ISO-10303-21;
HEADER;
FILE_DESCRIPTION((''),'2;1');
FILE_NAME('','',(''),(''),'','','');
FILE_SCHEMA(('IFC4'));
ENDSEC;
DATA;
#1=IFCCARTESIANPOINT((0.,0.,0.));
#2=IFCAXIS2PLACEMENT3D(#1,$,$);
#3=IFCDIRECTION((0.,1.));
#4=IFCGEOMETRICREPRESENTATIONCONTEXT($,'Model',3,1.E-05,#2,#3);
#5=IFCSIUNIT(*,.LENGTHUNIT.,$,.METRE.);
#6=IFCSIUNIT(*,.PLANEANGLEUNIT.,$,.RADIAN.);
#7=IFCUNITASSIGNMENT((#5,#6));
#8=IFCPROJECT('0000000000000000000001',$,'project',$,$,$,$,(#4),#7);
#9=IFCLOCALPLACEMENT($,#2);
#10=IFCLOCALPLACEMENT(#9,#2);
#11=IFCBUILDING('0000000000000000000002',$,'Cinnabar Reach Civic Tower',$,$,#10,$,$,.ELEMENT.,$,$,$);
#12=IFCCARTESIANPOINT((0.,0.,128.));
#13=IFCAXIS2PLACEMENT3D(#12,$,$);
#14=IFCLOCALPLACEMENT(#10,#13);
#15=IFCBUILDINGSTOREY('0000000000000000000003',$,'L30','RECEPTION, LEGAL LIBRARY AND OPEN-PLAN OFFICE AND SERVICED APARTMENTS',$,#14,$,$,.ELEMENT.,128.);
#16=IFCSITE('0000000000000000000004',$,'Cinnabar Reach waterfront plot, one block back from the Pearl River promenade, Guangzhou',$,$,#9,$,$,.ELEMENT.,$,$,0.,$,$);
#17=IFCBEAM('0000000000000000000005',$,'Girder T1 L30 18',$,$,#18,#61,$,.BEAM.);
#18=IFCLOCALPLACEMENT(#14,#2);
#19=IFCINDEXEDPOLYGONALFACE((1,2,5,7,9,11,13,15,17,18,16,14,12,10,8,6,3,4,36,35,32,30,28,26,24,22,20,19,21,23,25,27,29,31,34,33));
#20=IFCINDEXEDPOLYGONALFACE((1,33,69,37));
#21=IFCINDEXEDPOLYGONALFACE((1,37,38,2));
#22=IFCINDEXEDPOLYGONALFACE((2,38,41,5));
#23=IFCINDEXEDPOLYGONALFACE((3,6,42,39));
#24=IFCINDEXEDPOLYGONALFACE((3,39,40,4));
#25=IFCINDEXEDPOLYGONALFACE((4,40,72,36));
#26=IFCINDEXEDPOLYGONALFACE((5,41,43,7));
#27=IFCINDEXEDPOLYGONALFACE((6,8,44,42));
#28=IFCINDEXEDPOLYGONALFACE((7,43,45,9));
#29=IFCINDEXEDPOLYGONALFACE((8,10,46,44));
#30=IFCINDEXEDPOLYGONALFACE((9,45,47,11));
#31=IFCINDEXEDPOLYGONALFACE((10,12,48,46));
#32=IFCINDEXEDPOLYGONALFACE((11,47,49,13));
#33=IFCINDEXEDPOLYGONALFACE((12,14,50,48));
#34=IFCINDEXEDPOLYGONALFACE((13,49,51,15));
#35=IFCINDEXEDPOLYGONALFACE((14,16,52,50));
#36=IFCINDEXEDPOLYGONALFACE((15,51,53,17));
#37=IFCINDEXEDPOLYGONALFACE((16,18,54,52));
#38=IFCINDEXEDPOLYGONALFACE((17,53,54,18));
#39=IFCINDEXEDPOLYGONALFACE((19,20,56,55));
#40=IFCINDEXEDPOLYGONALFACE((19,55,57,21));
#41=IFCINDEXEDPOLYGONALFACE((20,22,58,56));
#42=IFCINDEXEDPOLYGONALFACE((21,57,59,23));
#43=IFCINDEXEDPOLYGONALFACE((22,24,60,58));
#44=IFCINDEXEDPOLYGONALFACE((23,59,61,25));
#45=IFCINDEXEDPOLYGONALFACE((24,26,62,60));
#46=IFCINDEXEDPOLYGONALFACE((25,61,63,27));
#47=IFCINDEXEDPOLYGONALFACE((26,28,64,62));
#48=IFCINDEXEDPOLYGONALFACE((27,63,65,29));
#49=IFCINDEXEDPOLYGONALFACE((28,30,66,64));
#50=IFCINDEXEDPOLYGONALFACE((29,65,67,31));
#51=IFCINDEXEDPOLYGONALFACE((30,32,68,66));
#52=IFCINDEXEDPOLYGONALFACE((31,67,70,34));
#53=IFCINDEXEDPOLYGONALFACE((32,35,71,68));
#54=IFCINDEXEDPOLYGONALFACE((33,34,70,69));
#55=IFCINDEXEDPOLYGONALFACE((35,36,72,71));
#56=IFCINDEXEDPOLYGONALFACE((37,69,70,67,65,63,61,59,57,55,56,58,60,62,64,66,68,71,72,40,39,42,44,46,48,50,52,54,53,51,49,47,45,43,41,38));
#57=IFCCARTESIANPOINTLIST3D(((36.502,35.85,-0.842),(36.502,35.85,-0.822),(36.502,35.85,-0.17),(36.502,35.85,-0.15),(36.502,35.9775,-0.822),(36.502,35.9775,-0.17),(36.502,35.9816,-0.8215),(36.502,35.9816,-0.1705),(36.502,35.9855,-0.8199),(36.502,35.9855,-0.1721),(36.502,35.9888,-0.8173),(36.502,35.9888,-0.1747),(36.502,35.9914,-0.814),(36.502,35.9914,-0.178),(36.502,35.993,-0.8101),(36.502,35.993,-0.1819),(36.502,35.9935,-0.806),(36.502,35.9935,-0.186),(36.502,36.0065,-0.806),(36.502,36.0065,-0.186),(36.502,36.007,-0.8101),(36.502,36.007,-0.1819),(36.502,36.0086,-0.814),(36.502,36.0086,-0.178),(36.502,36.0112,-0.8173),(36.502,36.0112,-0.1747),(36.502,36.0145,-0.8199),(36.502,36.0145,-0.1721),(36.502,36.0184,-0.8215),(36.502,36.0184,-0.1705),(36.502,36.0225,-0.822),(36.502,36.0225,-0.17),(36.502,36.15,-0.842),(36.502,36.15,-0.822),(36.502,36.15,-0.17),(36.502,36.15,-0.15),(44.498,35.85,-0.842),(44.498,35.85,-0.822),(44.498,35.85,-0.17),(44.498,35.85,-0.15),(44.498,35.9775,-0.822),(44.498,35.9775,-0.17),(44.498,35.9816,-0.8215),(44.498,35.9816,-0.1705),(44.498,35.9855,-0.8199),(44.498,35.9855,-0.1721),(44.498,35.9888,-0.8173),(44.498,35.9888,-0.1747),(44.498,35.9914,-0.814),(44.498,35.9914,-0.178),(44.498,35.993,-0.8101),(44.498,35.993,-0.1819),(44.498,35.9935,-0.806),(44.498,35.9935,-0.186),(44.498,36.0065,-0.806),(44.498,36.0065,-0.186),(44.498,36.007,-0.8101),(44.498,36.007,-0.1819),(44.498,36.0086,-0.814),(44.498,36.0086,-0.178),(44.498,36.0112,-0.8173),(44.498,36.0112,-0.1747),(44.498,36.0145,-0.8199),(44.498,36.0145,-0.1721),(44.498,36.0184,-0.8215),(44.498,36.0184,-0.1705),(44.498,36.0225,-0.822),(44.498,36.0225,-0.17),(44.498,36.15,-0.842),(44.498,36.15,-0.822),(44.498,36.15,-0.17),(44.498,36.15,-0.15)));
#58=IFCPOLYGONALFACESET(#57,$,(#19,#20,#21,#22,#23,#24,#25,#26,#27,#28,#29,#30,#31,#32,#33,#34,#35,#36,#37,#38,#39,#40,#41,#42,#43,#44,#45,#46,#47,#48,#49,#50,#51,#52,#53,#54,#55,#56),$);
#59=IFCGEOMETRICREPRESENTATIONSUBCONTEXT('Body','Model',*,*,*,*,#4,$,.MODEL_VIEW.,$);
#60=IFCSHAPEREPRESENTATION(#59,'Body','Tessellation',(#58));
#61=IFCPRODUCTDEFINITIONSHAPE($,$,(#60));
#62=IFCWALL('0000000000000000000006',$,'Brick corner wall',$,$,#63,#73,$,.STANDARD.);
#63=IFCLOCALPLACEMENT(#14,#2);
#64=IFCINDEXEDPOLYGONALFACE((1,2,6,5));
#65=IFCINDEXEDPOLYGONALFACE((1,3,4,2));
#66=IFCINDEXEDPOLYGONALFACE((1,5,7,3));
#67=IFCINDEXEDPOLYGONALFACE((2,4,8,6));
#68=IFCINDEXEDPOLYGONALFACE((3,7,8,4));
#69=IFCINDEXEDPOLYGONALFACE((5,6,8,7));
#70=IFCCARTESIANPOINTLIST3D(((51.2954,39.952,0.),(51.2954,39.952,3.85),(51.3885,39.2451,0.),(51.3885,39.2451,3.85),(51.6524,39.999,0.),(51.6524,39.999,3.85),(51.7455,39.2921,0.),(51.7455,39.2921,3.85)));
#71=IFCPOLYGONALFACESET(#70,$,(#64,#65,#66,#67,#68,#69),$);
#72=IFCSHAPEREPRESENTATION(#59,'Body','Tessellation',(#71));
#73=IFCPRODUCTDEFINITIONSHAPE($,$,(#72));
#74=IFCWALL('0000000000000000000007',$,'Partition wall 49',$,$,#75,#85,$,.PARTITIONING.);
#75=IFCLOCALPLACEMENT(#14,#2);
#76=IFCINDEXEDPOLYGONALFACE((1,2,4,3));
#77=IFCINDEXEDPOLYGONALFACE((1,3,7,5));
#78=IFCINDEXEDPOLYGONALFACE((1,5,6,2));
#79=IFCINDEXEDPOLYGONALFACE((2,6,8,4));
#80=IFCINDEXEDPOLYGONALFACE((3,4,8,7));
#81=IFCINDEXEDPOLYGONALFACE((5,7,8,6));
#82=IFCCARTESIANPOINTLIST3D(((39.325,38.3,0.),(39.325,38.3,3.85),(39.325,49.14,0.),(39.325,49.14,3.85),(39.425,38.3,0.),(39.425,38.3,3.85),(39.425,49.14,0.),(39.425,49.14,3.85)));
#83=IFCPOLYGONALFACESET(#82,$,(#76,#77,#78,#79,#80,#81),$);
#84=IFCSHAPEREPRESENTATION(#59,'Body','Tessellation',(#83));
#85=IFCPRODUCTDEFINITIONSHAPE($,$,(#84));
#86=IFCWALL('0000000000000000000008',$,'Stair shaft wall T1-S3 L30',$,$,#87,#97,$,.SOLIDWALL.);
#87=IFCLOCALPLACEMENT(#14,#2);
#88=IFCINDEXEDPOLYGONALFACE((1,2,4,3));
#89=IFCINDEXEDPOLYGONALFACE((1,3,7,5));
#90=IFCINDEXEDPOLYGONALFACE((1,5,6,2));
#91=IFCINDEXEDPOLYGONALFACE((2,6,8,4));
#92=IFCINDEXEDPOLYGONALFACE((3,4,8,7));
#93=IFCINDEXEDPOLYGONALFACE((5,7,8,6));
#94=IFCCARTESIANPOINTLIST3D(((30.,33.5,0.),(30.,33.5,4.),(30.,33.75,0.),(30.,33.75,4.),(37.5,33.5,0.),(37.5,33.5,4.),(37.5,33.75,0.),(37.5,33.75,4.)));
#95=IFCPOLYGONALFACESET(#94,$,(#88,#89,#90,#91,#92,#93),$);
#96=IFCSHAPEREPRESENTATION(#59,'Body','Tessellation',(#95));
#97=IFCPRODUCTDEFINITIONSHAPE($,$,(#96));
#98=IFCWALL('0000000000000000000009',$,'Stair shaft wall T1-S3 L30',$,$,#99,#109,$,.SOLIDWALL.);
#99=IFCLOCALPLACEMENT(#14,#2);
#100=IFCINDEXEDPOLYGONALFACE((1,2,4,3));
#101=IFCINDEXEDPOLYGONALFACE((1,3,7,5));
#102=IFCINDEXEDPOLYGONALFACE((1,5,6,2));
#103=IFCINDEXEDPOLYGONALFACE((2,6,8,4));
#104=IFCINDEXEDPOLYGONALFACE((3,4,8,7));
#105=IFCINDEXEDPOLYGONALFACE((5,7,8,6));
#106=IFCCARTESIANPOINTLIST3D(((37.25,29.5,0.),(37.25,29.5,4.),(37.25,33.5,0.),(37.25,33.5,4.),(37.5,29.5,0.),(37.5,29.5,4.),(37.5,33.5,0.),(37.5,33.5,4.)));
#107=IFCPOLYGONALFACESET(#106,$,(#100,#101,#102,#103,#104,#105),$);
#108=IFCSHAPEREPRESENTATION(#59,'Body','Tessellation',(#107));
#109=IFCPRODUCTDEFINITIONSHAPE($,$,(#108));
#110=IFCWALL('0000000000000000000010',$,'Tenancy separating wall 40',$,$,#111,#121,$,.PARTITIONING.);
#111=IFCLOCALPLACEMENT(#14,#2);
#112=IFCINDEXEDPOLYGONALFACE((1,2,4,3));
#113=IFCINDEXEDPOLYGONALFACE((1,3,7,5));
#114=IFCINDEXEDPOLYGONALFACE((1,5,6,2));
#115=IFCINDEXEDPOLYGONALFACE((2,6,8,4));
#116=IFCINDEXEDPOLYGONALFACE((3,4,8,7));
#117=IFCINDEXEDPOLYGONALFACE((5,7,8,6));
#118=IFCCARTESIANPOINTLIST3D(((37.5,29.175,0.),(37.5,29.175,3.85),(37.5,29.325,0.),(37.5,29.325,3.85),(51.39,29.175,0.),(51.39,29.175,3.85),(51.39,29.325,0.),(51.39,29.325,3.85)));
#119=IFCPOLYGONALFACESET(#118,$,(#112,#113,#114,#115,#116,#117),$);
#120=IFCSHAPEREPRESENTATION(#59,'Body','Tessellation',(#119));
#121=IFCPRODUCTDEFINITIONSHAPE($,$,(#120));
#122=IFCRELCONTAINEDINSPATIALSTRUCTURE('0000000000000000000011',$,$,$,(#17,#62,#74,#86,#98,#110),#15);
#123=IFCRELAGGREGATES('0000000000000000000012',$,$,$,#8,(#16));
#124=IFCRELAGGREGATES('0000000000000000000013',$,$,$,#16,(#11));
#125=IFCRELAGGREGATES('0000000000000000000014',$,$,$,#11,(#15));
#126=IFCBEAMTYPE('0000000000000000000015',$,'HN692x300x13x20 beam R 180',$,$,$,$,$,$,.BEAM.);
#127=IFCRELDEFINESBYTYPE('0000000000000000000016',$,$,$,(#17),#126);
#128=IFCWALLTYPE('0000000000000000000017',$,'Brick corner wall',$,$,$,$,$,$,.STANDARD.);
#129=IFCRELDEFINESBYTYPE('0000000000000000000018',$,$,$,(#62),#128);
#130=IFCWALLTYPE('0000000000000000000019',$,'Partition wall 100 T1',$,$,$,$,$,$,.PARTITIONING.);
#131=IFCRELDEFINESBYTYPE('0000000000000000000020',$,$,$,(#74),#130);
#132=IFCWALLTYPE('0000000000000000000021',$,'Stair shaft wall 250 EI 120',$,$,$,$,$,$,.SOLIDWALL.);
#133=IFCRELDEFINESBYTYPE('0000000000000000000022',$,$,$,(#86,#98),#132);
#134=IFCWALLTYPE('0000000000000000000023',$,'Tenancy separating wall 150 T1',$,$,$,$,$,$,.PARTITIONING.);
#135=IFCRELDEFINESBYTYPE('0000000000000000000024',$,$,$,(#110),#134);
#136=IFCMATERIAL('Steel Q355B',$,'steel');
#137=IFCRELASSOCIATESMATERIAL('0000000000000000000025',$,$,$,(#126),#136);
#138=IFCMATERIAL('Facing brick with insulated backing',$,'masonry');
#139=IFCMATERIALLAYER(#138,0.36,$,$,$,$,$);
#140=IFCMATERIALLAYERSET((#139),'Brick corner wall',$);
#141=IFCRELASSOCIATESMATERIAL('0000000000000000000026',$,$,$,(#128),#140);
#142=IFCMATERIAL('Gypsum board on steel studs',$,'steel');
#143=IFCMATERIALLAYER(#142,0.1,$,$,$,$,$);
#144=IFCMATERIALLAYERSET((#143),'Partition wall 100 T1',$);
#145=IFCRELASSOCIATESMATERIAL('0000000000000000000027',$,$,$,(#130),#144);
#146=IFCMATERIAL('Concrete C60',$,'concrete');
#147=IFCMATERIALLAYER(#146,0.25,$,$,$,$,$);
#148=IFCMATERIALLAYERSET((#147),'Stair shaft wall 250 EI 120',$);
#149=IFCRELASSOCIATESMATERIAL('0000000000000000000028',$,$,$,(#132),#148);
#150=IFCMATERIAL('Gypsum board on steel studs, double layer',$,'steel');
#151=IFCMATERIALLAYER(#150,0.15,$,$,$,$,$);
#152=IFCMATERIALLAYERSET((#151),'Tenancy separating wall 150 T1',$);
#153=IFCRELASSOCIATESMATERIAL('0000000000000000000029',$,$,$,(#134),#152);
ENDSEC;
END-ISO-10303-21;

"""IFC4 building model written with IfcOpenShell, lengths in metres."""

from ifc_helpers import new_model, si_unit, direction, frame, frame_2d, origin, origin_2d, place, context, subcontext, project, spatial, rectangle, i_section, extrude, material, layer, layer_set, material_profile, profile_set, type_object, element, save


model = new_model("IFC4")

# Units and contexts
model_context = context("Model", 3, precision=1e-05, world=origin(), true_north=direction((0.0, 1.0)))
body_context = subcontext(model_context, "Body", "Model", "MODEL_VIEW")
ifc_project = project(units=[si_unit("LENGTHUNIT", "METRE"), si_unit("PLANEANGLEUNIT", "RADIAN")], contexts=[model_context])

# Site, building, storey
site_placement = place(None, origin())
site = spatial("IfcSite", under=ifc_project, at=site_placement, Name="Cinnabar Reach waterfront plot, one block back from the Pearl River promenade, Guangzhou", CompositionType="ELEMENT", RefElevation=0.0)
building_placement = place(site_placement, origin())
building = spatial("IfcBuilding", under=site, at=building_placement, Name="Cinnabar Reach Civic Tower", CompositionType="ELEMENT")
storey_placement = place(building_placement, frame((0.0, 0.0, 128.0)))
storey = spatial("IfcBuildingStorey", under=building, at=storey_placement, Name="L30", Description="RECEPTION, LEGAL LIBRARY AND OPEN-PLAN OFFICE AND SERVICED APARTMENTS", CompositionType="ELEMENT", Elevation=128.0)

# Beam
ifc_material_1 = material(Name="Steel Q355B", Category="steel")
ifc_material_profile_1 = material_profile(ifc_material_1, i_section(OverallWidth=0.3, OverallDepth=0.692, WebThickness=0.013, FlangeThickness=0.02, FilletRadius=0.016, at=origin_2d()), Name="HN692x300x13x20")
ifc_profile_set_1 = profile_set([ifc_material_profile_1], Name="Steel Q355B")
beam_type_1 = type_object("IfcBeamType", Name="HN692x300x13x20 beam R 180", PredefinedType="BEAM", material=ifc_profile_set_1)
beam_1_placement = place(storey_placement, frame((36.502, 36.0, -0.496), z_axis=(1.0, 0.0, 0.0), x_axis=(0.0, 1.0, 0.0)))
element("IfcBeam", 1, at=beam_1_placement, inside=storey, type_object=beam_type_1, Name="Girder T1 L30 18", PredefinedType="BEAM", context=body_context, shape_type="SweptSolid", body=[
    extrude(i_section(OverallWidth=0.3, OverallDepth=0.692, WebThickness=0.013, FlangeThickness=0.02, FilletRadius=0.016, at=origin_2d()), origin(), (0.0, 0.0, 1.0), 7.996),
])

# Walls
ifc_material_2 = material(Name="Facing brick with insulated backing", Category="masonry")
ifc_layer_1 = layer(ifc_material_2, 0.36)
ifc_layer_set_1 = layer_set([ifc_layer_1], Name="Brick corner wall")
wall_type_1 = type_object("IfcWallType", Name="Brick corner wall", PredefinedType="STANDARD", material=ifc_layer_set_1)
wall_1_placement = place(storey_placement, frame((51.567, 39.2686, 0.0), z_axis=(0.0, 0.0, 1.0), x_axis=(-0.130556, 0.991441, 0.0)))
element("IfcWall", 2, at=wall_1_placement, inside=storey, type_object=wall_type_1, Name="Brick corner wall", PredefinedType="STANDARD", context=body_context, shape_type="SweptSolid", body=[
    extrude(rectangle(XDim=0.7131, YDim=0.36, at=frame_2d((0.3565, 0.0))), origin(), (0.0, 0.0, 1.0), 3.85),
])
ifc_material_3 = material(Name="Gypsum board on steel studs", Category="steel")
ifc_layer_2 = layer(ifc_material_3, 0.1)
ifc_layer_set_2 = layer_set([ifc_layer_2], Name="Partition wall 100 T1")
wall_type_2 = type_object("IfcWallType", Name="Partition wall 100 T1", PredefinedType="PARTITIONING", material=ifc_layer_set_2)
wall_2_placement = place(storey_placement, frame((39.375, 38.3, 0.0), z_axis=(0.0, 0.0, 1.0), x_axis=(0.0, 1.0, 0.0)))
element("IfcWall", 3, at=wall_2_placement, inside=storey, type_object=wall_type_2, Name="Partition wall 49", PredefinedType="PARTITIONING", context=body_context, shape_type="SweptSolid", body=[
    extrude(rectangle(XDim=10.84, YDim=0.1, at=frame_2d((5.42, 0.0))), origin(), (0.0, 0.0, 1.0), 3.85),
])
ifc_material_4 = material(Name="Concrete C60", Category="concrete")
ifc_layer_3 = layer(ifc_material_4, 0.25)
ifc_layer_set_3 = layer_set([ifc_layer_3], Name="Stair shaft wall 250 EI 120")
wall_type_3 = type_object("IfcWallType", Name="Stair shaft wall 250 EI 120", PredefinedType="SOLIDWALL", material=ifc_layer_set_3)
wall_3_placement = place(storey_placement, frame((37.5, 33.625, 0.0), z_axis=(0.0, 0.0, 1.0), x_axis=(-1.0, 0.0, 0.0)))
element("IfcWall", 4, at=wall_3_placement, inside=storey, type_object=wall_type_3, Name="Stair shaft wall T1-S3 L30", PredefinedType="SOLIDWALL", context=body_context, shape_type="SweptSolid", body=[
    extrude(rectangle(XDim=7.5, YDim=0.25, at=frame_2d((3.75, 0.0))), origin(), (0.0, 0.0, 1.0), 4.0),
])
wall_4_placement = place(storey_placement, frame((37.375, 29.5, 0.0), z_axis=(0.0, 0.0, 1.0), x_axis=(0.0, 1.0, 0.0)))
element("IfcWall", 5, at=wall_4_placement, inside=storey, type_object=wall_type_3, Name="Stair shaft wall T1-S3 L30", PredefinedType="SOLIDWALL", context=body_context, shape_type="SweptSolid", body=[
    extrude(rectangle(XDim=4.0, YDim=0.25, at=frame_2d((2.0, 0.0))), origin(), (0.0, 0.0, 1.0), 4.0),
])
ifc_material_5 = material(Name="Gypsum board on steel studs, double layer", Category="steel")
ifc_layer_4 = layer(ifc_material_5, 0.15)
ifc_layer_set_4 = layer_set([ifc_layer_4], Name="Tenancy separating wall 150 T1")
wall_type_4 = type_object("IfcWallType", Name="Tenancy separating wall 150 T1", PredefinedType="PARTITIONING", material=ifc_layer_set_4)
wall_5_placement = place(storey_placement, frame((37.5, 29.25, 0.0), z_axis=(0.0, 0.0, 1.0), x_axis=(1.0, 0.0, 0.0)))
element("IfcWall", 6, at=wall_5_placement, inside=storey, type_object=wall_type_4, Name="Tenancy separating wall 40", PredefinedType="PARTITIONING", context=body_context, shape_type="SweptSolid", body=[
    extrude(rectangle(XDim=13.89, YDim=0.15, at=frame_2d((6.945, 0.0))), origin(), (0.0, 0.0, 1.0), 3.85),
])

save(model, "model.ifc")
